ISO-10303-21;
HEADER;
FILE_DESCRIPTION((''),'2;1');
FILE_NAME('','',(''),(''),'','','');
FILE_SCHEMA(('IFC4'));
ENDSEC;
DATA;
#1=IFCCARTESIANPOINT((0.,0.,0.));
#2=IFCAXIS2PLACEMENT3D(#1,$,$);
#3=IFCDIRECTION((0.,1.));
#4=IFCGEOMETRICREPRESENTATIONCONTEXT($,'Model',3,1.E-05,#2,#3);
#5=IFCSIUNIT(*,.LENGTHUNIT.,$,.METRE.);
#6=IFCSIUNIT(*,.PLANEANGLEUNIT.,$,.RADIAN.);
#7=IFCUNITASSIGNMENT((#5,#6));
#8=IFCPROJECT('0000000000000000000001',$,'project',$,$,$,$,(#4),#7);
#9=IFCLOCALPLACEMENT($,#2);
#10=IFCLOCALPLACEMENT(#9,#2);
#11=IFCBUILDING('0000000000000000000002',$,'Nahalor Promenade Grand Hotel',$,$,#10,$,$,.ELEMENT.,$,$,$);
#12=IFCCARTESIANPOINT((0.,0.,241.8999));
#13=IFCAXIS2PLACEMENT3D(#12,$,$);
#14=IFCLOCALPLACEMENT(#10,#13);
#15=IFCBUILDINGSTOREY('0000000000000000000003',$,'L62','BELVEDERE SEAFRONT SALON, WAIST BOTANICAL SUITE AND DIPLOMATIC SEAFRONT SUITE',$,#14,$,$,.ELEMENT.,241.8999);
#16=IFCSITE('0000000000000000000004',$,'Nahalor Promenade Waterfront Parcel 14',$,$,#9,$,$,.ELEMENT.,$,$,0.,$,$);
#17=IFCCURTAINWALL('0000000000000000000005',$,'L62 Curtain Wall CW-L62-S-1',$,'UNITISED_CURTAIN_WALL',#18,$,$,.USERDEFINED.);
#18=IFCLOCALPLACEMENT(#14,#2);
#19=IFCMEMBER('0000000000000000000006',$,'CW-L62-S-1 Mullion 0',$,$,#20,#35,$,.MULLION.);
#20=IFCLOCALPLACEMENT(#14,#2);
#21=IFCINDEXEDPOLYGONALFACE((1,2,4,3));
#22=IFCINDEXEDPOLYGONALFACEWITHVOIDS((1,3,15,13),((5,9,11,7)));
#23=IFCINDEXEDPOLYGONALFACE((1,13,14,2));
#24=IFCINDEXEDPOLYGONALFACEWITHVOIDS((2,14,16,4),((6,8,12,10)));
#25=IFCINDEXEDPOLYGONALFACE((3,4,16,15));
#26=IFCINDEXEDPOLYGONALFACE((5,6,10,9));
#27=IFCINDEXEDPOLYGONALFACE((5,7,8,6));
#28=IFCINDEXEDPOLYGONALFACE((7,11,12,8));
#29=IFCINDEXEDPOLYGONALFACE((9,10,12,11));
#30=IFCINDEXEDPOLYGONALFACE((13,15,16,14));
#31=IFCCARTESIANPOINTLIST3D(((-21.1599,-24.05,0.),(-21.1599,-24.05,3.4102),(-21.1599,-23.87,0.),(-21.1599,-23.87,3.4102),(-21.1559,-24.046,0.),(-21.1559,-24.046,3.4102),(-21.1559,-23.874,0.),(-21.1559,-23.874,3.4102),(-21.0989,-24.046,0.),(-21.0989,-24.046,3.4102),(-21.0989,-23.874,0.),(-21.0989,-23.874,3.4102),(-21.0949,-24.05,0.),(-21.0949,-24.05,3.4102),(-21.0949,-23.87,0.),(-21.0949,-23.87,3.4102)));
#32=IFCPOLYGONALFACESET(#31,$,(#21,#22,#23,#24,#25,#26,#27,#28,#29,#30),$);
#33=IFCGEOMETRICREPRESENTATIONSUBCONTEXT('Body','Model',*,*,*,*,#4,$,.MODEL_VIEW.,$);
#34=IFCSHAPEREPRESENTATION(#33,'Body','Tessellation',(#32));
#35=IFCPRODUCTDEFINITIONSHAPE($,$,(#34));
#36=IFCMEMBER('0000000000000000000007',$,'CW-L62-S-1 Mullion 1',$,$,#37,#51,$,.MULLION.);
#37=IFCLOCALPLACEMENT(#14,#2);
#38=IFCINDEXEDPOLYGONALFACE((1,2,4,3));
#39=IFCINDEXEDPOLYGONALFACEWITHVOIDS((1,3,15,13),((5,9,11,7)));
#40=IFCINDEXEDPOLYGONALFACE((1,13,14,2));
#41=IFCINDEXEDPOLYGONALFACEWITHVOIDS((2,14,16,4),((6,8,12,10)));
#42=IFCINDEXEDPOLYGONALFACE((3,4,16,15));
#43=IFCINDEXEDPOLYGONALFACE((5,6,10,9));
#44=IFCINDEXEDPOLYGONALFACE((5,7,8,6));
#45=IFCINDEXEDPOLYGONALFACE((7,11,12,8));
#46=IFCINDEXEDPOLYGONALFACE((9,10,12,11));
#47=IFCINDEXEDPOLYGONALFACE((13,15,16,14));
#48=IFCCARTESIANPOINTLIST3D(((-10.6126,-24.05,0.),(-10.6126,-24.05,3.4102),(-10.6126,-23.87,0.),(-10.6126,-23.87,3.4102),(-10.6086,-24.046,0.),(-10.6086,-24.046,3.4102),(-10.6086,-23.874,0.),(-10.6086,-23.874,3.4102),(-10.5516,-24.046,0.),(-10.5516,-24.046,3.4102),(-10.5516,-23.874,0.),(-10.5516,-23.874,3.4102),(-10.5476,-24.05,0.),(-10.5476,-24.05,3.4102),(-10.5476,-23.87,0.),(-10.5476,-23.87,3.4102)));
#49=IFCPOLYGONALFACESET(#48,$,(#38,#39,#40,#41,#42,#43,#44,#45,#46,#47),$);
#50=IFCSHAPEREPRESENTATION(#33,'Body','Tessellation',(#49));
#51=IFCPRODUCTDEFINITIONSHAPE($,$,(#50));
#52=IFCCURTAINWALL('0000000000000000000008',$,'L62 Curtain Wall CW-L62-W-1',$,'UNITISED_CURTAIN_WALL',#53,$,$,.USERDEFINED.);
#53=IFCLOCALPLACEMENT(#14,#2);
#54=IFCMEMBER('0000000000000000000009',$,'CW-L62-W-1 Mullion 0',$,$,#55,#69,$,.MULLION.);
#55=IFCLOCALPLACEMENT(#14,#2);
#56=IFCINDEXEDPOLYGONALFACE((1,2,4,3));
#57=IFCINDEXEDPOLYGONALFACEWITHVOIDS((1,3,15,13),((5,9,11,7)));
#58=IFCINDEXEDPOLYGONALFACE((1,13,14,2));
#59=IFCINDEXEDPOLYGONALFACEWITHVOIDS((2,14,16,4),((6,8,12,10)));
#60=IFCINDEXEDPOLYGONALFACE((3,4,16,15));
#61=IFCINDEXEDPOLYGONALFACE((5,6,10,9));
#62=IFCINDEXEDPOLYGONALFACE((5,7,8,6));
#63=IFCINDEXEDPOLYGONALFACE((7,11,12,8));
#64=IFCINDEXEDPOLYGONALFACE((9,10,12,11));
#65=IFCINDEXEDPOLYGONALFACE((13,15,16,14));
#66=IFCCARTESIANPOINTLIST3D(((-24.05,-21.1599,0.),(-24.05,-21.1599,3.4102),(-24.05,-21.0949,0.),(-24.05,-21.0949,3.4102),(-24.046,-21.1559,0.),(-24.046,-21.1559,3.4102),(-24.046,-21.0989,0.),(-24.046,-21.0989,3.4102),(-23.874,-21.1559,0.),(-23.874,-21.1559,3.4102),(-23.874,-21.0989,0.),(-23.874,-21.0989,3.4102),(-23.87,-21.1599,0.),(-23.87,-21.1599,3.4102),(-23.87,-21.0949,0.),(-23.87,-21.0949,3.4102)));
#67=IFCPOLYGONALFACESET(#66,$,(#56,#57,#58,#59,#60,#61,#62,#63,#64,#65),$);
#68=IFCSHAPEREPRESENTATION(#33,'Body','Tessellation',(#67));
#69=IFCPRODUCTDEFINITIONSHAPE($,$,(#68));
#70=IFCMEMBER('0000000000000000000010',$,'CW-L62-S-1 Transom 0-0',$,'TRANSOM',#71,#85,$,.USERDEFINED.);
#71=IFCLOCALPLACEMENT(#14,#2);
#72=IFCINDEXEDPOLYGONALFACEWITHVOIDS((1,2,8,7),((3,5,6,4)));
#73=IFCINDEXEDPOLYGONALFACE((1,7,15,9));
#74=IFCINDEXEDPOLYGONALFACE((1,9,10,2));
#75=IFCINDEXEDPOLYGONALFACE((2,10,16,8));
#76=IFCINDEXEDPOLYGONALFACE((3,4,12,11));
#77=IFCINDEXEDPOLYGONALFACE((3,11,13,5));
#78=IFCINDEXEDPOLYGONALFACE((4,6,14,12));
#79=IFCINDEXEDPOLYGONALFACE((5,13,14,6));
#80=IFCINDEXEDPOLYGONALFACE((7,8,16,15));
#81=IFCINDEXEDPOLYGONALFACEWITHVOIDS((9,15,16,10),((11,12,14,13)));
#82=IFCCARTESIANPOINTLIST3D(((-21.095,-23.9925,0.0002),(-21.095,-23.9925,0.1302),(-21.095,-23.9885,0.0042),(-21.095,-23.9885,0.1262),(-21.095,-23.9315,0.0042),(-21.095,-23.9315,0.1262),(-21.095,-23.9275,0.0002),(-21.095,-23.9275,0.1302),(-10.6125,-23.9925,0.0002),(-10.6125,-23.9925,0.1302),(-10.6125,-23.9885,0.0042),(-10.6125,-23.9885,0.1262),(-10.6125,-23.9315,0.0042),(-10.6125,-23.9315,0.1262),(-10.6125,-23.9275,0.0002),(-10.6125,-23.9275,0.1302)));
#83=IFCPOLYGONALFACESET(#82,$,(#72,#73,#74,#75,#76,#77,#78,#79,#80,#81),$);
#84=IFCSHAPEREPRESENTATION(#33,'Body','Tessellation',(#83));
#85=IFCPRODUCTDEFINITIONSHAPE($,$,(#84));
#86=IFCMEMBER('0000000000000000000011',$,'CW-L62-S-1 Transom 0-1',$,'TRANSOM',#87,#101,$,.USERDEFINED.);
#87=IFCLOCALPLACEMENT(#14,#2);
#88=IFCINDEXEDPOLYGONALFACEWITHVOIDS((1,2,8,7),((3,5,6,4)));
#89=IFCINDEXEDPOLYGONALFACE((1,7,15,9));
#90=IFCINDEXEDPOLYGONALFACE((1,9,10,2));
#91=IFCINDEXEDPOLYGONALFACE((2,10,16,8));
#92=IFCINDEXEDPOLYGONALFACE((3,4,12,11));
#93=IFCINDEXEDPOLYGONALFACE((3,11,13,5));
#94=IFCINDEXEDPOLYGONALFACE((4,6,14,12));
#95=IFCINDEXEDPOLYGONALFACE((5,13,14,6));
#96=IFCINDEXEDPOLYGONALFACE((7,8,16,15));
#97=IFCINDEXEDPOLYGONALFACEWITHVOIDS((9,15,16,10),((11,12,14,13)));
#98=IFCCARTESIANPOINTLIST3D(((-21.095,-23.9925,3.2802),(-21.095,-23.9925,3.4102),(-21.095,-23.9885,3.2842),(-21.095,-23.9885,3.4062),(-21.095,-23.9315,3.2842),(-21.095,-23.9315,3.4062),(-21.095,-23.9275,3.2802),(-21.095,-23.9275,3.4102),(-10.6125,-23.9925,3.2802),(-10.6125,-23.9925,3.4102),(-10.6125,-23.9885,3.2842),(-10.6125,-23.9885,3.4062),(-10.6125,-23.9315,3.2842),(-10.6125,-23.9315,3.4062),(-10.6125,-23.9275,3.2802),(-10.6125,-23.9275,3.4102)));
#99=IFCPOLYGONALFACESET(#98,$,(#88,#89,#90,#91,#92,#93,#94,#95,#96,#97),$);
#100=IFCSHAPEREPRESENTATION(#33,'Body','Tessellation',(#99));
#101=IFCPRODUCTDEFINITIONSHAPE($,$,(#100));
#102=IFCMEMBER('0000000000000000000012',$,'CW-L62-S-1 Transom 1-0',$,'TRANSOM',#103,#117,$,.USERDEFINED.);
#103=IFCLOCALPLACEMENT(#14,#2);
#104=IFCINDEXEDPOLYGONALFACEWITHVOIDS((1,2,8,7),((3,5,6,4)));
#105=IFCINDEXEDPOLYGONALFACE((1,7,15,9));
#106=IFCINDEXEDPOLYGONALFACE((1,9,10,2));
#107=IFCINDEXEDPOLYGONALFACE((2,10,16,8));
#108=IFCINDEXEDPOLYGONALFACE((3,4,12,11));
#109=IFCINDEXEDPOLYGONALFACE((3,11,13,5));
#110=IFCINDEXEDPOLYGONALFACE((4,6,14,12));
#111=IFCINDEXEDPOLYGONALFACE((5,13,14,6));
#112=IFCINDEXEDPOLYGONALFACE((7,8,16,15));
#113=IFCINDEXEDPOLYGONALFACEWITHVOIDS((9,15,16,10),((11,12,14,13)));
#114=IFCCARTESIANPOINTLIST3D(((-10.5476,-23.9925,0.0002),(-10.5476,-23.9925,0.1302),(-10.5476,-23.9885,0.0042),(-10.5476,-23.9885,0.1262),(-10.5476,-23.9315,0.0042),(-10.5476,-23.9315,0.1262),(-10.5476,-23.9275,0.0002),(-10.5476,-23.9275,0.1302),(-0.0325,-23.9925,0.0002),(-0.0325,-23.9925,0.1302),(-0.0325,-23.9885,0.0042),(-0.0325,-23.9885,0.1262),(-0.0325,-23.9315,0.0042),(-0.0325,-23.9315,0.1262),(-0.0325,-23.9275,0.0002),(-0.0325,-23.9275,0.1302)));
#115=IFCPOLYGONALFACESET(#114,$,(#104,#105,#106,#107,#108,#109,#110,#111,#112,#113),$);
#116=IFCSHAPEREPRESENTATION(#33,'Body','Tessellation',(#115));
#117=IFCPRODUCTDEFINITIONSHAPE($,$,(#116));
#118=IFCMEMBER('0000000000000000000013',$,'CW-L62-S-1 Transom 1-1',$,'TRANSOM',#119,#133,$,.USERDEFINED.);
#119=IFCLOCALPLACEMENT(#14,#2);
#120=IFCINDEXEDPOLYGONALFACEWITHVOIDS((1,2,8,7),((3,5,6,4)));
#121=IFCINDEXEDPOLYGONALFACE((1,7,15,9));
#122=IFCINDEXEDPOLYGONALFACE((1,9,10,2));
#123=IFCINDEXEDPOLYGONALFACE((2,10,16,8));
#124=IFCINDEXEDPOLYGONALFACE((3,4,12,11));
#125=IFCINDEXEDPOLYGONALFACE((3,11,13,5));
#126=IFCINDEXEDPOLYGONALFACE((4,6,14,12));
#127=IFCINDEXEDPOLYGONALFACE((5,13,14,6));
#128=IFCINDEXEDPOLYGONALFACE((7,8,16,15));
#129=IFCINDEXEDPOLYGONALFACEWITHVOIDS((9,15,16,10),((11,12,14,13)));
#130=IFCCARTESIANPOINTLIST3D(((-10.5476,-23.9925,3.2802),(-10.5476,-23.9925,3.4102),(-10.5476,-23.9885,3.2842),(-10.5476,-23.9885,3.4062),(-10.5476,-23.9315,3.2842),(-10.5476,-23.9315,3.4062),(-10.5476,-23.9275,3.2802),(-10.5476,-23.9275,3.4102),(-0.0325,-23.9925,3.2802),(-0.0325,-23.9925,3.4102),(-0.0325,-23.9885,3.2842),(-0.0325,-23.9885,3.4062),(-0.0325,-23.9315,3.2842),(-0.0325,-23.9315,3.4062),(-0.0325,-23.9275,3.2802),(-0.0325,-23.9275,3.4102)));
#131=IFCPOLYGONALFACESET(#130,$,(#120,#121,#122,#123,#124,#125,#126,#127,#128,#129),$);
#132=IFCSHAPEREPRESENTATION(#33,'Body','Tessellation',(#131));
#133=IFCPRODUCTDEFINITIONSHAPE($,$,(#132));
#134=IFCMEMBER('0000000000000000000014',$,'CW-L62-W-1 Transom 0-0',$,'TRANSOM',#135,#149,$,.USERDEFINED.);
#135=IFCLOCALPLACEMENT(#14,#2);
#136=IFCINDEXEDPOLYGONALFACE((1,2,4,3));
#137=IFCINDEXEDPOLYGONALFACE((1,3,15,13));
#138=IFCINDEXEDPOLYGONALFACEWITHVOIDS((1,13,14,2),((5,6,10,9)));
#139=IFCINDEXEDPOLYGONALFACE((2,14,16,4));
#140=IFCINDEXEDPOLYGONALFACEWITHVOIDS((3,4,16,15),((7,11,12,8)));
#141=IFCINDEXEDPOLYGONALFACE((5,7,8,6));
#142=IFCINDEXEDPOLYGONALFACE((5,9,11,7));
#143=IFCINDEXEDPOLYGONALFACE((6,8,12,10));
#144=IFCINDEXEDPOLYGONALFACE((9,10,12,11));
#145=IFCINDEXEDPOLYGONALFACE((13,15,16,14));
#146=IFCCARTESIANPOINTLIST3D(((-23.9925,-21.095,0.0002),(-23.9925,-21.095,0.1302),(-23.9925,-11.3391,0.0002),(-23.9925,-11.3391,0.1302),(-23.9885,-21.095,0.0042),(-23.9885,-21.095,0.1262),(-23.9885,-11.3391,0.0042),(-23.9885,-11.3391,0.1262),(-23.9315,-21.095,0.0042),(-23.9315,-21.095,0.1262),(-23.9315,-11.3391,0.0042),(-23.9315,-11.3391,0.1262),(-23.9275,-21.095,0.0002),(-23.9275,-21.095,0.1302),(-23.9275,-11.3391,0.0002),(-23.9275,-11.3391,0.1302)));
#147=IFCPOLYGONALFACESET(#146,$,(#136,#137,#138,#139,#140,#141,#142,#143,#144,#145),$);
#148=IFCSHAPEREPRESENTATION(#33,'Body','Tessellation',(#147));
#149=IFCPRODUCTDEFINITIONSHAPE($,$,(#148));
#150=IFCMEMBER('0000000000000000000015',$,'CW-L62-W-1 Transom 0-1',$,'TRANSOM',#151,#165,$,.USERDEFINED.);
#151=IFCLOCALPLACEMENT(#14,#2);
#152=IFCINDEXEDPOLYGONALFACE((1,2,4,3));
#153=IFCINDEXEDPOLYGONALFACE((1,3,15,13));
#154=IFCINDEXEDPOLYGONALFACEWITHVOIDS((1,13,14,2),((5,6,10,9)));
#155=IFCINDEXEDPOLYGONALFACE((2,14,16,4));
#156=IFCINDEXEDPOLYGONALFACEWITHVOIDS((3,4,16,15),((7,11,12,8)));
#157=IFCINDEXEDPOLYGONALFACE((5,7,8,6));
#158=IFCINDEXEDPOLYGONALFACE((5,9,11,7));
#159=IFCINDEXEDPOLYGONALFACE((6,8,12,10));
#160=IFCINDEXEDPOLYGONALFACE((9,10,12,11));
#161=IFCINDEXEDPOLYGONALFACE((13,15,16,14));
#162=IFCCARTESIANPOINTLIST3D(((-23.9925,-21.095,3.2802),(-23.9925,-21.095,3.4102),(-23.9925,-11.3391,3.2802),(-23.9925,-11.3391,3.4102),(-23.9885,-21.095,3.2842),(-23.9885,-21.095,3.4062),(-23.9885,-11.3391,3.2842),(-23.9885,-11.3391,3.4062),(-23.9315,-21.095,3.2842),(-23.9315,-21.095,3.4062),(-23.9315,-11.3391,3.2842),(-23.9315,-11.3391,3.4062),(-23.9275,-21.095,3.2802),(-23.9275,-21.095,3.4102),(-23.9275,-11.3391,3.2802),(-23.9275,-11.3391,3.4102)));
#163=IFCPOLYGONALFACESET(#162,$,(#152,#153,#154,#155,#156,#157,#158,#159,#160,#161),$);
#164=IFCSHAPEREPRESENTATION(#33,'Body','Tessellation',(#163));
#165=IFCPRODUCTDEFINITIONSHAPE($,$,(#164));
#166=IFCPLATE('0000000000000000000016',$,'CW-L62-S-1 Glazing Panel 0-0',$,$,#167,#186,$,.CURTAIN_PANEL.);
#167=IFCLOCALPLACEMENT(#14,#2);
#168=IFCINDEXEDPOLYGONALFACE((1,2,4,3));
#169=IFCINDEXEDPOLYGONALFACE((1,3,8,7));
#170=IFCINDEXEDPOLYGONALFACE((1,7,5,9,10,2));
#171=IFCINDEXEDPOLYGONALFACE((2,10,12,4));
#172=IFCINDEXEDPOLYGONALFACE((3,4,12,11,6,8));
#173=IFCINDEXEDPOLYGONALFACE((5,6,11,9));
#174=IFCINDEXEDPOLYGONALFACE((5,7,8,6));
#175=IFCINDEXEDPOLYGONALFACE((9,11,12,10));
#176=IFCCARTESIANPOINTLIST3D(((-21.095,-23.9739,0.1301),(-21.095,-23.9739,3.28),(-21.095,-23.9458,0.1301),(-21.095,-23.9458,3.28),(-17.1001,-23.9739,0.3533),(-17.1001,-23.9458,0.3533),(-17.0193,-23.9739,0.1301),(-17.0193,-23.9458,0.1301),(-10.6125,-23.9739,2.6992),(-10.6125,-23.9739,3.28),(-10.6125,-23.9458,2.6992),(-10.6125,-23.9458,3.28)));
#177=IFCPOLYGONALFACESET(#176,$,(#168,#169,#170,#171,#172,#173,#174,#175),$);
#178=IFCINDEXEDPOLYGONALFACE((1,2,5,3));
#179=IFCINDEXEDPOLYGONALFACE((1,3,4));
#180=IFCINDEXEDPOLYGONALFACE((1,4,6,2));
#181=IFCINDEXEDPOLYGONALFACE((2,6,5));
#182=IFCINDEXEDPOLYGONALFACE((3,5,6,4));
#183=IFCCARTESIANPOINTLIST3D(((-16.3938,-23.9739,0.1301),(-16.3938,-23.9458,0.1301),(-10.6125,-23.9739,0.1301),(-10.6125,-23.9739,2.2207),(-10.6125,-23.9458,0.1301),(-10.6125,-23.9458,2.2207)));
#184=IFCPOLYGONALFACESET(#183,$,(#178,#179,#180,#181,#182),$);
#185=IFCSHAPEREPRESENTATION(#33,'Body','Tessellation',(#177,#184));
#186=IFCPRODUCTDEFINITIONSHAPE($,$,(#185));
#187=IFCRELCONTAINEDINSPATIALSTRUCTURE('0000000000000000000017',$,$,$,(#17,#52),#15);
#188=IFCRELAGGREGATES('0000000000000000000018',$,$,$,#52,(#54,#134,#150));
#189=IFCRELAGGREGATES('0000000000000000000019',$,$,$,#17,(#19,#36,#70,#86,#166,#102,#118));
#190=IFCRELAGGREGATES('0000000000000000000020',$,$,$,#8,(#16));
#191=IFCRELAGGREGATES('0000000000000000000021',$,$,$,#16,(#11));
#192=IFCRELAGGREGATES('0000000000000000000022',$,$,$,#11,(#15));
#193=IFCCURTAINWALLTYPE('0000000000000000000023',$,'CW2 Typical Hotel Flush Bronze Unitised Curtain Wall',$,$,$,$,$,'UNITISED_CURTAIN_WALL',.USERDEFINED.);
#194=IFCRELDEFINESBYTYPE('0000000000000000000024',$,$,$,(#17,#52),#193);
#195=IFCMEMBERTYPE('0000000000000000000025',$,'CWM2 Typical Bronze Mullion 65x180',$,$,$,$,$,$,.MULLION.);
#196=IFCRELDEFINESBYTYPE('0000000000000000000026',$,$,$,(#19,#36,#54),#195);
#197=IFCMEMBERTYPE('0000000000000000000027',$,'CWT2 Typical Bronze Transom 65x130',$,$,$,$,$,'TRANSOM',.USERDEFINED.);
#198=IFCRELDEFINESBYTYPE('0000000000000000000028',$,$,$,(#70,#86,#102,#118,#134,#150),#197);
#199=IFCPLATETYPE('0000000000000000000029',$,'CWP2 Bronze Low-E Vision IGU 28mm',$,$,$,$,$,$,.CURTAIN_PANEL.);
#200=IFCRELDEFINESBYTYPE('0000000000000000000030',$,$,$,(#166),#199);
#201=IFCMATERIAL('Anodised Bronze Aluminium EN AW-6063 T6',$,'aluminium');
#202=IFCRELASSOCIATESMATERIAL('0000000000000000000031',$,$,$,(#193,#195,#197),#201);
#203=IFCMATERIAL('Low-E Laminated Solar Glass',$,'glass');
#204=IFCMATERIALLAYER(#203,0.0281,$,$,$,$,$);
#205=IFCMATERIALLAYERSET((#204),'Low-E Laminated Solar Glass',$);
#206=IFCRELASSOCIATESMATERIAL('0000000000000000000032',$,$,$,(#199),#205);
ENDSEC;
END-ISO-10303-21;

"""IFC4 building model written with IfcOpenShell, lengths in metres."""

from ifc_helpers import new_model, si_unit, direction, frame, origin, origin_2d, place, context, subcontext, project, spatial, polyline, hollow_rectangle, outline, extrude, source, transform, mapped, material, layer, layer_set, material_profile, profile_set, type_object, element, aggregate, save


model = new_model("IFC4")

# Units and contexts
model_context = context("Model", 3, precision=1e-05, world=origin(), true_north=direction((0.0, 1.0)))
body_context = subcontext(model_context, "Body", "Model", "MODEL_VIEW")
ifc_project = project(units=[si_unit("LENGTHUNIT", "METRE"), si_unit("PLANEANGLEUNIT", "RADIAN")], contexts=[model_context])

# Site, building, storey
site_placement = place(None, origin())
site = spatial("IfcSite", under=ifc_project, at=site_placement, Name="Nahalor Promenade Waterfront Parcel 14", CompositionType="ELEMENT", RefElevation=0.0)
building_placement = place(site_placement, origin())
building = spatial("IfcBuilding", under=site, at=building_placement, Name="Nahalor Promenade Grand Hotel", CompositionType="ELEMENT")
storey_placement = place(building_placement, frame((0.0, 0.0, 241.8999)))
storey = spatial("IfcBuildingStorey", under=building, at=storey_placement, Name="L62", Description="BELVEDERE SEAFRONT SALON, WAIST BOTANICAL SUITE AND DIPLOMATIC SEAFRONT SUITE", CompositionType="ELEMENT", Elevation=241.8999)

# Curtain wall, members
ifc_material_1 = material(Name="Anodised Bronze Aluminium EN AW-6063 T6", Category="aluminium")
curtain_wall_type = type_object("IfcCurtainWallType", Name="CW2 Typical Hotel Flush Bronze Unitised Curtain Wall", ElementType="UNITISED_CURTAIN_WALL", PredefinedType="USERDEFINED", material=ifc_material_1)
curtain_wall_1_placement = place(storey_placement, origin())
curtain_wall_1 = element("IfcCurtainWall", 1, at=curtain_wall_1_placement, inside=storey, type_object=curtain_wall_type, Name="L62 Curtain Wall CW-L62-S-1", ObjectType="UNITISED_CURTAIN_WALL", PredefinedType="USERDEFINED")
ifc_material_profile_1 = material_profile(ifc_material_1, hollow_rectangle(XDim=0.065, YDim=0.18, WallThickness=0.004, at=origin_2d()), Name="CWM 65x180x4")
ifc_profile_set_1 = profile_set([ifc_material_profile_1], Name="Anodised Bronze Aluminium EN AW-6063 T6")
member_type_1 = type_object("IfcMemberType", Name="CWM2 Typical Bronze Mullion 65x180", PredefinedType="MULLION", material=ifc_profile_set_1)
shared_shape_1 = source(origin(), body_context, "Body", "SweptSolid", [
    extrude(hollow_rectangle(XDim=0.065, YDim=0.18, WallThickness=0.004, at=origin_2d()), origin(), (0.0, 0.0, 1.0), 3.4102),
])
member_1_placement = place(storey_placement, frame((-21.1274, -23.96, 0.0), z_axis=(0.0, 0.0, 1.0), x_axis=(1.0, 0.0, 0.0)))
member_1 = element("IfcMember", 2, at=member_1_placement, type_object=member_type_1, Name="CW-L62-S-1 Mullion 0", PredefinedType="MULLION", context=body_context, shape_type="MappedRepresentation", body=[
    mapped(shared_shape_1, transform((0.0, 0.0, 0.0), scale=1.0)),
])
member_2_placement = place(storey_placement, frame((-10.5801, -23.96, 0.0), z_axis=(0.0, 0.0, 1.0), x_axis=(1.0, 0.0, 0.0)))
member_2 = element("IfcMember", 3, at=member_2_placement, type_object=member_type_1, Name="CW-L62-S-1 Mullion 1", PredefinedType="MULLION", context=body_context, shape_type="MappedRepresentation", body=[
    mapped(shared_shape_1, transform((0.0, 0.0, 0.0), scale=1.0)),
])

# Curtain wall, member
curtain_wall_2_placement = place(storey_placement, origin())
curtain_wall_2 = element("IfcCurtainWall", 4, at=curtain_wall_2_placement, inside=storey, type_object=curtain_wall_type, Name="L62 Curtain Wall CW-L62-W-1", ObjectType="UNITISED_CURTAIN_WALL", PredefinedType="USERDEFINED")
member_3_placement = place(storey_placement, frame((-23.96, -21.1274, 0.0), z_axis=(0.0, 0.0, 1.0), x_axis=(0.0, 1.0, 0.0)))
member_3 = element("IfcMember", 5, at=member_3_placement, type_object=member_type_1, Name="CW-L62-W-1 Mullion 0", PredefinedType="MULLION", context=body_context, shape_type="MappedRepresentation", body=[
    mapped(shared_shape_1, transform((0.0, 0.0, 0.0), scale=1.0)),
])

# Members
ifc_material_profile_2 = material_profile(ifc_material_1, hollow_rectangle(XDim=0.065, YDim=0.13, WallThickness=0.004, at=origin_2d()), Name="CWT 65x130x4")
ifc_profile_set_2 = profile_set([ifc_material_profile_2], Name="Anodised Bronze Aluminium EN AW-6063 T6")
member_type_2 = type_object("IfcMemberType", Name="CWT2 Typical Bronze Transom 65x130", ElementType="TRANSOM", PredefinedType="USERDEFINED", material=ifc_profile_set_2)
shared_shape_2 = source(origin(), body_context, "Body", "SweptSolid", [
    extrude(hollow_rectangle(XDim=0.065, YDim=0.13, WallThickness=0.004, at=origin_2d()), origin(), (0.0, 0.0, 1.0), 10.4824),
])
member_4_placement = place(storey_placement, frame((-21.095, -23.96, 0.0652), z_axis=(1.0, 0.0, 0.0), x_axis=(0.0, 1.0, 0.0)))
member_4 = element("IfcMember", 6, at=member_4_placement, type_object=member_type_2, Name="CW-L62-S-1 Transom 0-0", ObjectType="TRANSOM", PredefinedType="USERDEFINED", context=body_context, shape_type="MappedRepresentation", body=[
    mapped(shared_shape_2, transform((0.0, 0.0, 0.0), scale=1.0)),
])
member_5_placement = place(storey_placement, frame((-21.095, -23.96, 3.3452), z_axis=(1.0, 0.0, 0.0), x_axis=(0.0, 1.0, 0.0)))
member_5 = element("IfcMember", 7, at=member_5_placement, type_object=member_type_2, Name="CW-L62-S-1 Transom 0-1", ObjectType="TRANSOM", PredefinedType="USERDEFINED", context=body_context, shape_type="MappedRepresentation", body=[
    mapped(shared_shape_2, transform((0.0, 0.0, 0.0), scale=1.0)),
])
shared_shape_3 = source(origin(), body_context, "Body", "SweptSolid", [
    extrude(hollow_rectangle(XDim=0.065, YDim=0.13, WallThickness=0.004, at=origin_2d()), origin(), (0.0, 0.0, 1.0), 10.5151),
])
member_6_placement = place(storey_placement, frame((-10.5476, -23.96, 0.0652), z_axis=(1.0, 0.0, 0.0), x_axis=(0.0, 1.0, 0.0)))
member_6 = element("IfcMember", 8, at=member_6_placement, type_object=member_type_2, Name="CW-L62-S-1 Transom 1-0", ObjectType="TRANSOM", PredefinedType="USERDEFINED", context=body_context, shape_type="MappedRepresentation", body=[
    mapped(shared_shape_3, transform((0.0, 0.0, 0.0), scale=1.0)),
])
member_7_placement = place(storey_placement, frame((-10.5476, -23.96, 3.3452), z_axis=(1.0, 0.0, 0.0), x_axis=(0.0, 1.0, 0.0)))
member_7 = element("IfcMember", 9, at=member_7_placement, type_object=member_type_2, Name="CW-L62-S-1 Transom 1-1", ObjectType="TRANSOM", PredefinedType="USERDEFINED", context=body_context, shape_type="MappedRepresentation", body=[
    mapped(shared_shape_3, transform((0.0, 0.0, 0.0), scale=1.0)),
])
shared_shape_4 = source(origin(), body_context, "Body", "SweptSolid", [
    extrude(hollow_rectangle(XDim=0.065, YDim=0.13, WallThickness=0.004, at=origin_2d()), origin(), (0.0, 0.0, 1.0), 9.7559),
])
member_8_placement = place(storey_placement, frame((-23.96, -21.095, 0.0652), z_axis=(0.0, 1.0, 0.0), x_axis=(-1.0, 0.0, 0.0)))
member_8 = element("IfcMember", 10, at=member_8_placement, type_object=member_type_2, Name="CW-L62-W-1 Transom 0-0", ObjectType="TRANSOM", PredefinedType="USERDEFINED", context=body_context, shape_type="MappedRepresentation", body=[
    mapped(shared_shape_4, transform((0.0, 0.0, 0.0), scale=1.0)),
])
member_9_placement = place(storey_placement, frame((-23.96, -21.095, 3.3452), z_axis=(0.0, 1.0, 0.0), x_axis=(-1.0, 0.0, 0.0)))
member_9 = element("IfcMember", 11, at=member_9_placement, type_object=member_type_2, Name="CW-L62-W-1 Transom 0-1", ObjectType="TRANSOM", PredefinedType="USERDEFINED", context=body_context, shape_type="MappedRepresentation", body=[
    mapped(shared_shape_4, transform((0.0, 0.0, 0.0), scale=1.0)),
])
aggregate(curtain_wall_2, [member_3, member_8, member_9])

# Plate
ifc_material_2 = material(Name="Low-E Laminated Solar Glass", Category="glass")
ifc_layer_1 = layer(ifc_material_2, 0.0281)
ifc_layer_set_1 = layer_set([ifc_layer_1], Name="Low-E Laminated Solar Glass")
plate_type = type_object("IfcPlateType", Name="CWP2 Bronze Low-E Vision IGU 28mm", PredefinedType="CURTAIN_PANEL", material=ifc_layer_set_1)
plate_placement = place(storey_placement, frame((-15.8538, -23.96, 0.1301), z_axis=(0.0, 0.0, 1.0), x_axis=(1.0, 0.0, 0.0)))
plate = element("IfcPlate", 12, at=plate_placement, type_object=plate_type, Name="CW-L62-S-1 Glazing Panel 0-0", PredefinedType="CURTAIN_PANEL", context=body_context, shape_type="SweptSolid", body=[
    extrude(outline(polyline([(-5.2412, 3.1499), (-5.2412, 0.0), (-1.1655, 0.0), (-1.2463, 0.2231), (5.2412, 2.5691), (5.2412, 3.1499), (-5.2412, 3.1499)])), frame((0.0, 0.0142, 0.0), z_axis=(0.0, -1.0, 0.0), x_axis=(1.0, 0.0, 0.0)), (0.0, 0.0, 1.0), 0.0281),
    extrude(outline(polyline([(-0.54, 0.0), (5.2412, 0.0), (5.2412, 2.0906), (-0.54, 0.0)])), frame((0.0, 0.0142, 0.0), z_axis=(0.0, -1.0, 0.0), x_axis=(1.0, 0.0, 0.0)), (0.0, 0.0, 1.0), 0.0281),
])
aggregate(curtain_wall_1, [member_1, member_2, member_4, member_5, plate, member_6, member_7])

save(model, "model.ifc")
